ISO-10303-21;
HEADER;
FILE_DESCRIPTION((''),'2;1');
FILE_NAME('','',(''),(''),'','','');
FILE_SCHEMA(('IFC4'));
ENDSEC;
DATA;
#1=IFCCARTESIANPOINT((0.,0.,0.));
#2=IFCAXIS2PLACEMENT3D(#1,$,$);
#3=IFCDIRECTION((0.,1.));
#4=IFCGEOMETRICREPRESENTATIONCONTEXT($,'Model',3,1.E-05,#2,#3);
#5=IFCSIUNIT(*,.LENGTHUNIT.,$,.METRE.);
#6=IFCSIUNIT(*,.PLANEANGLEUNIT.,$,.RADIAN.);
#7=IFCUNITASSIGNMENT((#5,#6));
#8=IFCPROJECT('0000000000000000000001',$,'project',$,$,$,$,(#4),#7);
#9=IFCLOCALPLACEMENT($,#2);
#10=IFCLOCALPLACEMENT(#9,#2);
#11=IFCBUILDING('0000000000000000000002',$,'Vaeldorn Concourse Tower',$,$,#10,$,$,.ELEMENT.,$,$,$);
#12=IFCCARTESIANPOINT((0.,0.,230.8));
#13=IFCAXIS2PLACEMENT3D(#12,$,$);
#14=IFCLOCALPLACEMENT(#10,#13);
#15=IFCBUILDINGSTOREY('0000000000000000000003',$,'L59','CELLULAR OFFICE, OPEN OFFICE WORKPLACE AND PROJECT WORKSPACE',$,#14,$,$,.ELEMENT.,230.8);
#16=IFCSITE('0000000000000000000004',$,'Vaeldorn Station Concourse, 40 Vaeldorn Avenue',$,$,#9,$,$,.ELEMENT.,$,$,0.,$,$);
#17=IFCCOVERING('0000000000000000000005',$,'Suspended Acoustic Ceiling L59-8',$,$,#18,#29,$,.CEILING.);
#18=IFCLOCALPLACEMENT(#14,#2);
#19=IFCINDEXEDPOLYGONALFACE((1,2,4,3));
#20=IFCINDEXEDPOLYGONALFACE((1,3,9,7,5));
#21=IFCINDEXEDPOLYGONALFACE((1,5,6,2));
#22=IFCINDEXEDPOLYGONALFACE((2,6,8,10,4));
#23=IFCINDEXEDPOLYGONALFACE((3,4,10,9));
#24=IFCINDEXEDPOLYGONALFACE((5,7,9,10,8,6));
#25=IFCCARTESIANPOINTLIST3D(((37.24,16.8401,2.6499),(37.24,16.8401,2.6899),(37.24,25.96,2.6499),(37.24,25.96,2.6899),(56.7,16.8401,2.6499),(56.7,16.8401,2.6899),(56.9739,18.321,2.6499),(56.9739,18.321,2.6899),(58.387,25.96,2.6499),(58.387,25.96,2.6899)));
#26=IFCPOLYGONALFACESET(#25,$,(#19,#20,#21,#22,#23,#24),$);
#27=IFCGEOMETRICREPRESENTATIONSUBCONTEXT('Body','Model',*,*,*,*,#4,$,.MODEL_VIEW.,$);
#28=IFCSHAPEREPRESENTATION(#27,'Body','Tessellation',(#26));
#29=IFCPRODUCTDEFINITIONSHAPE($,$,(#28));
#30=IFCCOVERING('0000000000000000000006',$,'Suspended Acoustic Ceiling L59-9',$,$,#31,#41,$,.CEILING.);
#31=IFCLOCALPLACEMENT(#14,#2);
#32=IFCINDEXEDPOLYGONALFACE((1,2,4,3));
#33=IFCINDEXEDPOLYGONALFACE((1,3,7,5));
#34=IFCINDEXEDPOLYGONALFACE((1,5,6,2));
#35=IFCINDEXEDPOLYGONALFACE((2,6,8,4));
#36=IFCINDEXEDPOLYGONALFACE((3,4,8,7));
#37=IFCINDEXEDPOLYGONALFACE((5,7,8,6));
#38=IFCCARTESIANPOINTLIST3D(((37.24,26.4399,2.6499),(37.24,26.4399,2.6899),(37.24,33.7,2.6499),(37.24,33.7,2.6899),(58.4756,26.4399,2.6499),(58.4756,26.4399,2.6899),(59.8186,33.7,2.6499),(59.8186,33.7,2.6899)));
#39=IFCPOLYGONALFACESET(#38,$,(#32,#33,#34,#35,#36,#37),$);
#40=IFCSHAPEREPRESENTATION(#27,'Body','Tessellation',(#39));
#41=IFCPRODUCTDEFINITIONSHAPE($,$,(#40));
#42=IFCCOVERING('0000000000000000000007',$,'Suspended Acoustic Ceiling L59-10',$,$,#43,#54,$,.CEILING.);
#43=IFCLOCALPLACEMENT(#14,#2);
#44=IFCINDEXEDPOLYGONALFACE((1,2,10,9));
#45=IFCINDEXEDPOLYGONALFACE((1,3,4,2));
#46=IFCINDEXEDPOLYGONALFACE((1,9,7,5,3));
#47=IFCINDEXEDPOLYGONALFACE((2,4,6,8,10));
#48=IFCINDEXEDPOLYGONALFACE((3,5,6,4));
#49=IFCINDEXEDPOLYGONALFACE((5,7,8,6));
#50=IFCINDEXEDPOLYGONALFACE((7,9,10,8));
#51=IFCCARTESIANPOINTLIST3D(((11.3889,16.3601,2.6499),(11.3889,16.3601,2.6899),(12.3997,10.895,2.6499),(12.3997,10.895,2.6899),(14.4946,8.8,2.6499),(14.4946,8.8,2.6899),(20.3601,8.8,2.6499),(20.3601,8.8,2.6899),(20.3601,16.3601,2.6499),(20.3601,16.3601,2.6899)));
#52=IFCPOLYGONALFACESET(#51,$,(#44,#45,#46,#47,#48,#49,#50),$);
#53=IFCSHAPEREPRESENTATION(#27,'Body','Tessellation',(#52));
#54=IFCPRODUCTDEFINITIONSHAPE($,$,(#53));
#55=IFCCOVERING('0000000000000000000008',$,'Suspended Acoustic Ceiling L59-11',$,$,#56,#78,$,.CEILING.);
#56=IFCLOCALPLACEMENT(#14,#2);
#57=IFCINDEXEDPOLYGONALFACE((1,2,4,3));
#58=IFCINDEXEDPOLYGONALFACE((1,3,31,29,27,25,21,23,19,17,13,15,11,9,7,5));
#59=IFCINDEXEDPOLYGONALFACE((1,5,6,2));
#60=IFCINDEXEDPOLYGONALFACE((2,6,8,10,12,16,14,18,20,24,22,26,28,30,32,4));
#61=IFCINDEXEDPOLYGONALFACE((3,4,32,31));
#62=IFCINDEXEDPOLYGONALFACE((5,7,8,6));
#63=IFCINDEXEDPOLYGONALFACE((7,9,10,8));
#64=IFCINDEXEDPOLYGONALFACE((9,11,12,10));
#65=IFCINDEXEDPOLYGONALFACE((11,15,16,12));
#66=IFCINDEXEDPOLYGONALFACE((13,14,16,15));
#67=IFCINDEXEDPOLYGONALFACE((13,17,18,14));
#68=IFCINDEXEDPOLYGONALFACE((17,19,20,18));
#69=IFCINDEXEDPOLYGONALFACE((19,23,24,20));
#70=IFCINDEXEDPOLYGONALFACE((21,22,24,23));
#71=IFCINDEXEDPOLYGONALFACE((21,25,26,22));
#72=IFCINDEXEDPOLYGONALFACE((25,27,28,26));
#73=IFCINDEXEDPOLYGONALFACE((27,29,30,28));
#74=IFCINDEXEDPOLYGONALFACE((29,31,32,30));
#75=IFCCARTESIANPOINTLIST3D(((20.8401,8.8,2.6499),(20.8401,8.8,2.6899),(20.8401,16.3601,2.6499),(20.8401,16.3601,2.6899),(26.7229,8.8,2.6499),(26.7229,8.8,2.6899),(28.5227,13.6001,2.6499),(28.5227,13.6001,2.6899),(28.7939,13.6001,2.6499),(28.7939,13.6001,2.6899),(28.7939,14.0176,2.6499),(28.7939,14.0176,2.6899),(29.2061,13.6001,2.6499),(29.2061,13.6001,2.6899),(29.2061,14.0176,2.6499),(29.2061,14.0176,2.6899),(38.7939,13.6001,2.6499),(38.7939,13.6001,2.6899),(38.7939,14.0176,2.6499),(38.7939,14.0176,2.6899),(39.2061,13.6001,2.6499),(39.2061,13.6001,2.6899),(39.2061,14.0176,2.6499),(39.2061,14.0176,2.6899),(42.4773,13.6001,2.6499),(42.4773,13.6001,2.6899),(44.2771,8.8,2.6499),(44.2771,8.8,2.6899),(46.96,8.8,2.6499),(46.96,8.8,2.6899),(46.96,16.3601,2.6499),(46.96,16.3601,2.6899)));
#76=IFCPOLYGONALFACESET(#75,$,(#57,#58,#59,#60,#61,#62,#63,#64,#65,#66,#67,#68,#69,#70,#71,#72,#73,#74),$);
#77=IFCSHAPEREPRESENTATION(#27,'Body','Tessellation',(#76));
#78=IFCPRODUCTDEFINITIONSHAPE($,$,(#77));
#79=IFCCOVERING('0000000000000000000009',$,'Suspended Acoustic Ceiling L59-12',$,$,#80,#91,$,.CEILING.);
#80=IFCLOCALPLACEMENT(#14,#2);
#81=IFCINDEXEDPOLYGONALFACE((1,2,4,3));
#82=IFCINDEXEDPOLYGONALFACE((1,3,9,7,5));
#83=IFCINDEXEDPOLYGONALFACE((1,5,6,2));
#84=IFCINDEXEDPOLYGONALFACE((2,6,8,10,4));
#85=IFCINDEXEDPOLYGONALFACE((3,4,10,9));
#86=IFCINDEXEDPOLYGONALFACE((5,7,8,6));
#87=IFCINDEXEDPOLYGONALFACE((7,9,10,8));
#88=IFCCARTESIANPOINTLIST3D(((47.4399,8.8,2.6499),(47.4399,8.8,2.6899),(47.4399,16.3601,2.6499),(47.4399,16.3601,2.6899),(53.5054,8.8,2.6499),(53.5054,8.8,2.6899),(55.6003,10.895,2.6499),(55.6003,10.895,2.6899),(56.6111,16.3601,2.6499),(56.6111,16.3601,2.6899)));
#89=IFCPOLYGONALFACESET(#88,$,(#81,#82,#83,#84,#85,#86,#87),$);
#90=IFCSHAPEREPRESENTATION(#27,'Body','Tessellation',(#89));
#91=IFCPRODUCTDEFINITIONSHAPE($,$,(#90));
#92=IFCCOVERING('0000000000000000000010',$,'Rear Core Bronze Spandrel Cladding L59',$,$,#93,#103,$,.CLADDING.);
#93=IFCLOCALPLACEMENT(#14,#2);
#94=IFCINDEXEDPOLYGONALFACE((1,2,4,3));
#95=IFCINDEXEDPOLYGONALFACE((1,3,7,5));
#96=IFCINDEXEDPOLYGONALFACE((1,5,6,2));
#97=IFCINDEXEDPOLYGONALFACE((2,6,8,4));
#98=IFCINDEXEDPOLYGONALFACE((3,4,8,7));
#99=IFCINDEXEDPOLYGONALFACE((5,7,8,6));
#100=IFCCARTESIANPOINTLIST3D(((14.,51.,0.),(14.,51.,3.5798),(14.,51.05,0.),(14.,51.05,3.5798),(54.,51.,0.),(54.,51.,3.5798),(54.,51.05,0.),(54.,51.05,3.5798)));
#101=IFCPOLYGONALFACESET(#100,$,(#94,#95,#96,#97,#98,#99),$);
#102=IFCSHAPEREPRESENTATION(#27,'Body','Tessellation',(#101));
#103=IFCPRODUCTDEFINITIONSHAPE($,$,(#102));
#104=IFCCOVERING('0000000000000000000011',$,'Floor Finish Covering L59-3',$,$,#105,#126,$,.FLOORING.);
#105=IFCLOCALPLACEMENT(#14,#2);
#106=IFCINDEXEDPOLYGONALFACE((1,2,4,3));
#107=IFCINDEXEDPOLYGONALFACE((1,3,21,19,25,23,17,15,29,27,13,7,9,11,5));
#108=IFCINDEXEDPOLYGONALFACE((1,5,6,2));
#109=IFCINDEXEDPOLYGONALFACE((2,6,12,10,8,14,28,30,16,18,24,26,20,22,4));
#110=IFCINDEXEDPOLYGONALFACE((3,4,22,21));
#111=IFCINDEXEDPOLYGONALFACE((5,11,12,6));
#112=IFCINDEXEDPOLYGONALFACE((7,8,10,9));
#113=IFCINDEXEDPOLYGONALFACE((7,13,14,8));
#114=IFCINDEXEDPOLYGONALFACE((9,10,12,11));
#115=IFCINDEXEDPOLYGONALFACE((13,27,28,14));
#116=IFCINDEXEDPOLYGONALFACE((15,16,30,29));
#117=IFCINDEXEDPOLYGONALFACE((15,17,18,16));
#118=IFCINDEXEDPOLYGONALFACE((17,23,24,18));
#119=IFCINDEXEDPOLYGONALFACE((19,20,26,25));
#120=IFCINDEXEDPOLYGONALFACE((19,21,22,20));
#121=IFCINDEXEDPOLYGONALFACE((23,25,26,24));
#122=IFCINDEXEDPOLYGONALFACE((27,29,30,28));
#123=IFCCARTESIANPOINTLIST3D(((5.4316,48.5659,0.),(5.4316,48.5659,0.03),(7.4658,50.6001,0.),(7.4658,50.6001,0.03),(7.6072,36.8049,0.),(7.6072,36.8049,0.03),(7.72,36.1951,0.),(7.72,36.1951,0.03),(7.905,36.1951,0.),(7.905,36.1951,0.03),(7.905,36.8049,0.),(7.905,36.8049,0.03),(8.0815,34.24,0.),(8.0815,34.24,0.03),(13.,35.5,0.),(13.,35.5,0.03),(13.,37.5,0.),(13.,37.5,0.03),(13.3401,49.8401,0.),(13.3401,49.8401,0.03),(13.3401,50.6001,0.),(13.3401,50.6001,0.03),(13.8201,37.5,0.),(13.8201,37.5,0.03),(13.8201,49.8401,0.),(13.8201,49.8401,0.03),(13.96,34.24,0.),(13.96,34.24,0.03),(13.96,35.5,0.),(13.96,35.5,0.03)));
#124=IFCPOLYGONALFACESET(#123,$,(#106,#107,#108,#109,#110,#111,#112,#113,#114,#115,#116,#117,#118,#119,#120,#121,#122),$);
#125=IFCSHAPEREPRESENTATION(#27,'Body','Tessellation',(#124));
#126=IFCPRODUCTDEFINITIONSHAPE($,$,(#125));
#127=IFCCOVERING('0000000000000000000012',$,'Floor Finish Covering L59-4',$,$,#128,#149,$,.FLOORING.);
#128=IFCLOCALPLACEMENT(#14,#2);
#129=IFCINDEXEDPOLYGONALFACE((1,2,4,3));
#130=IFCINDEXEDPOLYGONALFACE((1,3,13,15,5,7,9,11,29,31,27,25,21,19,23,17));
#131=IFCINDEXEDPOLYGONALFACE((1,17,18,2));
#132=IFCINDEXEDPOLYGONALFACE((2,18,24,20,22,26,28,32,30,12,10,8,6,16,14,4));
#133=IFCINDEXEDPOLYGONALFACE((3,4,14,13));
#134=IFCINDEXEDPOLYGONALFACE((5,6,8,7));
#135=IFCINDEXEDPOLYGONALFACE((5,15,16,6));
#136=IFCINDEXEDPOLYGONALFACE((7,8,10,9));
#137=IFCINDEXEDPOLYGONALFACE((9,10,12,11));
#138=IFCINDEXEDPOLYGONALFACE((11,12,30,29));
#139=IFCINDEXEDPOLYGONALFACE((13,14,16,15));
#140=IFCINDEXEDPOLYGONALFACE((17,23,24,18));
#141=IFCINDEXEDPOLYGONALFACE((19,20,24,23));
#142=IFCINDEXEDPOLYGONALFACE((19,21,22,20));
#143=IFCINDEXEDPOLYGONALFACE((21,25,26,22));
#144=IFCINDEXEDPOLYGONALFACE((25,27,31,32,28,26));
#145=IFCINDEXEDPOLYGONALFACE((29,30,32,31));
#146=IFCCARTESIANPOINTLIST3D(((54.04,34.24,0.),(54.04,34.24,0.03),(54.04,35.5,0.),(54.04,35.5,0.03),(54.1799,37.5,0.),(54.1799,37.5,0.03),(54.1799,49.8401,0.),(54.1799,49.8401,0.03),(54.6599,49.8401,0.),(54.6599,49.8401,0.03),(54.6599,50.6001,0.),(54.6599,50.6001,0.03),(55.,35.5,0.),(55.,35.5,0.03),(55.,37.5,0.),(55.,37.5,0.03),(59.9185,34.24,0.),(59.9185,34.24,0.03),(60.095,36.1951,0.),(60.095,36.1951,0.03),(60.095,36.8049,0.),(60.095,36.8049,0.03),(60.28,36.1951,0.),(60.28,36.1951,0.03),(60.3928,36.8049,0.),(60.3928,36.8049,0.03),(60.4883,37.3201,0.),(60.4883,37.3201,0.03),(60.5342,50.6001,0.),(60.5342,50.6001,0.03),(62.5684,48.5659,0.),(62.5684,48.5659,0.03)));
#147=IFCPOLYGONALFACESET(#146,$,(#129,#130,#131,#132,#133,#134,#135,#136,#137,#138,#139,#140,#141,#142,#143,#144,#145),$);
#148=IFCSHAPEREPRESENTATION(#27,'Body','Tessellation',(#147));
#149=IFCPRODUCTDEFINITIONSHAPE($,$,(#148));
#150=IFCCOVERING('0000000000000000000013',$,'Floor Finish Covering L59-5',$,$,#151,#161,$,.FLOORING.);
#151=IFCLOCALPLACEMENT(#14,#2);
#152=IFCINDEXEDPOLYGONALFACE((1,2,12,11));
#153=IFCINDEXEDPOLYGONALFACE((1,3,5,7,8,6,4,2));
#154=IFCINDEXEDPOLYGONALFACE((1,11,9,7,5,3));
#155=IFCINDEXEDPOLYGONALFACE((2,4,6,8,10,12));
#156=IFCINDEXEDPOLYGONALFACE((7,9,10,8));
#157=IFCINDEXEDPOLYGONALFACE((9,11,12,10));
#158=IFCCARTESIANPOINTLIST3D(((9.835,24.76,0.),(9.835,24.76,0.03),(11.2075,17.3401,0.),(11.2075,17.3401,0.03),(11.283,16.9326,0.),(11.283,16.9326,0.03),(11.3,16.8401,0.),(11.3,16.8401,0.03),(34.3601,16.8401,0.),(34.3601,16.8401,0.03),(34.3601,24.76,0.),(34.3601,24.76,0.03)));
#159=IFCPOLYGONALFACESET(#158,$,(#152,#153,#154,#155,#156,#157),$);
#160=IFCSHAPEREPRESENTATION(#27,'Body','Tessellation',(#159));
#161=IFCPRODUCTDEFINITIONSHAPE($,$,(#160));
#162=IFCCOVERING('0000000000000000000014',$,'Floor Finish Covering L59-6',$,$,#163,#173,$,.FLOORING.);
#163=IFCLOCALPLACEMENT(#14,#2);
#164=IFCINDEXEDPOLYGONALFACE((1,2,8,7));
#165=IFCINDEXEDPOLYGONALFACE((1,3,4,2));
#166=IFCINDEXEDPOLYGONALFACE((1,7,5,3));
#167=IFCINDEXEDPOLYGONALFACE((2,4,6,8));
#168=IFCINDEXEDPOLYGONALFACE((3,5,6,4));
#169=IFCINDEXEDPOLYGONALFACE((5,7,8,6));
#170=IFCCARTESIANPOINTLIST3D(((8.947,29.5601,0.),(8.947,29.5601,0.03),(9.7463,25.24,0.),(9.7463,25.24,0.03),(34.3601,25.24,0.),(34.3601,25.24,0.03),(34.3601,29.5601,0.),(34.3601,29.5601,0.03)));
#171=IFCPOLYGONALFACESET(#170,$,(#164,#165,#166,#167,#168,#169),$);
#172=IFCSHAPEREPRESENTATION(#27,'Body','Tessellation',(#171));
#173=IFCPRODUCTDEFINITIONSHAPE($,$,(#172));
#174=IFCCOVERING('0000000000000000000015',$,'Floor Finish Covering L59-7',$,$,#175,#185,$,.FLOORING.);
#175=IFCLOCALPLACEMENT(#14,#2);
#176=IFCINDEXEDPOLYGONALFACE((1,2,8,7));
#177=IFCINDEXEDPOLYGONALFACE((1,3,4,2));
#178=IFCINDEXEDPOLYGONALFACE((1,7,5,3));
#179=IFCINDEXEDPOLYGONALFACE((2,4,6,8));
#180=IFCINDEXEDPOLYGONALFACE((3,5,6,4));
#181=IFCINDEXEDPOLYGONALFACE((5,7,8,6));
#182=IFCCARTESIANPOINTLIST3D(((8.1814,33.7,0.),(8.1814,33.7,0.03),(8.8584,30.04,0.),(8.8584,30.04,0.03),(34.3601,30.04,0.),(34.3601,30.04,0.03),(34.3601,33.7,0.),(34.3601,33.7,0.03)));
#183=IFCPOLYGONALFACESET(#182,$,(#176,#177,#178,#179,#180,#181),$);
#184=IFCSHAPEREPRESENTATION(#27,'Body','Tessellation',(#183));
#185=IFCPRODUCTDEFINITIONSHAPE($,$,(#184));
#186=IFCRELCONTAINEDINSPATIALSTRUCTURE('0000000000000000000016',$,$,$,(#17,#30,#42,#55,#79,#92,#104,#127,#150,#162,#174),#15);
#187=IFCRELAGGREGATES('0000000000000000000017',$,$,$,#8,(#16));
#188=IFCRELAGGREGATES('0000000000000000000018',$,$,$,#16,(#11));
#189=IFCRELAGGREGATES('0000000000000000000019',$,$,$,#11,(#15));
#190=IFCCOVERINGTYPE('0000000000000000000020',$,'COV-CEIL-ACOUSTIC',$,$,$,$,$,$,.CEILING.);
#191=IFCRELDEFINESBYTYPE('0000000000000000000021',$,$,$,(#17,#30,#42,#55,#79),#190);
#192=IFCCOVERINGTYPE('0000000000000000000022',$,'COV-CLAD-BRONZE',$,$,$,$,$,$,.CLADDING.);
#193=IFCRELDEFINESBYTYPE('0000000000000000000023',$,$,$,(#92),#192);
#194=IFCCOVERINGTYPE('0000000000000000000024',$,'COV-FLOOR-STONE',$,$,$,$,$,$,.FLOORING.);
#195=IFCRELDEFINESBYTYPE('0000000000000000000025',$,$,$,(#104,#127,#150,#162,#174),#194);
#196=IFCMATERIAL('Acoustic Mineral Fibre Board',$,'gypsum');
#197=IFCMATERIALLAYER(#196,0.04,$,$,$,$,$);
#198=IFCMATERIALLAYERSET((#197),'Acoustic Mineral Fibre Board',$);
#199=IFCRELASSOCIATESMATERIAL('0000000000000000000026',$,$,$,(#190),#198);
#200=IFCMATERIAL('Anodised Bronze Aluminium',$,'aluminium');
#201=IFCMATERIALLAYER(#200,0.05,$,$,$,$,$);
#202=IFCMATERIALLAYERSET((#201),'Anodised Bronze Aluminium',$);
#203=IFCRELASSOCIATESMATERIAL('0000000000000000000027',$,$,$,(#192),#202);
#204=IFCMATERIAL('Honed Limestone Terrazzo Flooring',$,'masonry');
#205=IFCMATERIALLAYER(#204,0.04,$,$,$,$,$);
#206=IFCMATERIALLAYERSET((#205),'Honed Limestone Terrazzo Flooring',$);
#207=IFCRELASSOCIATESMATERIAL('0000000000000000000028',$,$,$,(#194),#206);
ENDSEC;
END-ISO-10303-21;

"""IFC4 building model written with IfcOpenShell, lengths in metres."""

from ifc_helpers import new_model, si_unit, direction, frame, origin, place, context, subcontext, project, spatial, polyline, outline, extrude, material, layer, layer_set, type_object, element, save


model = new_model("IFC4")

# Units and contexts
model_context = context("Model", 3, precision=1e-05, world=origin(), true_north=direction((0.0, 1.0)))
body_context = subcontext(model_context, "Body", "Model", "MODEL_VIEW")
ifc_project = project(units=[si_unit("LENGTHUNIT", "METRE"), si_unit("PLANEANGLEUNIT", "RADIAN")], contexts=[model_context])

# Site, building, storey
site_placement = place(None, origin())
site = spatial("IfcSite", under=ifc_project, at=site_placement, Name="Vaeldorn Station Concourse, 40 Vaeldorn Avenue", CompositionType="ELEMENT", RefElevation=0.0)
building_placement = place(site_placement, origin())
building = spatial("IfcBuilding", under=site, at=building_placement, Name="Vaeldorn Concourse Tower", CompositionType="ELEMENT")
storey_placement = place(building_placement, frame((0.0, 0.0, 230.8)))
storey = spatial("IfcBuildingStorey", under=building, at=storey_placement, Name="L59", Description="CELLULAR OFFICE, OPEN OFFICE WORKPLACE AND PROJECT WORKSPACE", CompositionType="ELEMENT", Elevation=230.8)

# Coverings
ifc_material_1 = material(Name="Acoustic Mineral Fibre Board", Category="gypsum")
ifc_layer_1 = layer(ifc_material_1, 0.04)
ifc_layer_set_1 = layer_set([ifc_layer_1], Name="Acoustic Mineral Fibre Board")
covering_type_1 = type_object("IfcCoveringType", Name="COV-CEIL-ACOUSTIC", PredefinedType="CEILING", material=ifc_layer_set_1)
covering_1_placement = place(storey_placement, frame((0.0, 0.0, 2.6499)))
element("IfcCovering", 1, at=covering_1_placement, inside=storey, type_object=covering_type_1, Name="Suspended Acoustic Ceiling L59-8", PredefinedType="CEILING", context=body_context, shape_type="SweptSolid", body=[
    extrude(outline(polyline([(37.24, 16.8401), (37.24, 25.96), (58.387, 25.96), (56.9739, 18.321), (56.7, 16.8401), (37.24, 16.8401)])), origin(), (0.0, 0.0, 1.0), 0.04),
])
covering_2_placement = place(storey_placement, frame((0.0, 0.0, 2.6499)))
element("IfcCovering", 2, at=covering_2_placement, inside=storey, type_object=covering_type_1, Name="Suspended Acoustic Ceiling L59-9", PredefinedType="CEILING", context=body_context, shape_type="SweptSolid", body=[
    extrude(outline(polyline([(37.24, 26.4399), (37.24, 33.7), (59.8186, 33.7), (58.4756, 26.4399), (37.24, 26.4399)])), origin(), (0.0, 0.0, 1.0), 0.04),
])
covering_3_placement = place(storey_placement, frame((0.0, 0.0, 2.6499)))
element("IfcCovering", 3, at=covering_3_placement, inside=storey, type_object=covering_type_1, Name="Suspended Acoustic Ceiling L59-10", PredefinedType="CEILING", context=body_context, shape_type="SweptSolid", body=[
    extrude(outline(polyline([(20.3601, 16.3601), (20.3601, 8.8), (14.4946, 8.8), (12.3997, 10.895), (11.3889, 16.3601), (20.3601, 16.3601)])), origin(), (0.0, 0.0, 1.0), 0.04),
])
covering_4_placement = place(storey_placement, frame((0.0, 0.0, 2.6499)))
element("IfcCovering", 4, at=covering_4_placement, inside=storey, type_object=covering_type_1, Name="Suspended Acoustic Ceiling L59-11", PredefinedType="CEILING", context=body_context, shape_type="SweptSolid", body=[
    extrude(outline(polyline([(26.7229, 8.8), (20.8401, 8.8), (20.8401, 16.3601), (46.96, 16.3601), (46.96, 8.8), (44.2771, 8.8), (42.4773, 13.6001), (39.2061, 13.6001), (39.2061, 14.0176), (38.7939, 14.0176), (38.7939, 13.6001), (29.2061, 13.6001), (29.2061, 14.0176), (28.7939, 14.0176), (28.7939, 13.6001), (28.5227, 13.6001), (26.7229, 8.8)])), origin(), (0.0, 0.0, 1.0), 0.04),
])
covering_5_placement = place(storey_placement, frame((0.0, 0.0, 2.6499)))
element("IfcCovering", 5, at=covering_5_placement, inside=storey, type_object=covering_type_1, Name="Suspended Acoustic Ceiling L59-12", PredefinedType="CEILING", context=body_context, shape_type="SweptSolid", body=[
    extrude(outline(polyline([(53.5054, 8.8), (47.4399, 8.8), (47.4399, 16.3601), (56.6111, 16.3601), (55.6003, 10.895), (53.5054, 8.8)])), origin(), (0.0, 0.0, 1.0), 0.04),
])
ifc_material_2 = material(Name="Anodised Bronze Aluminium", Category="aluminium")
ifc_layer_2 = layer(ifc_material_2, 0.05)
ifc_layer_set_2 = layer_set([ifc_layer_2], Name="Anodised Bronze Aluminium")
covering_type_2 = type_object("IfcCoveringType", Name="COV-CLAD-BRONZE", PredefinedType="CLADDING", material=ifc_layer_set_2)
covering_6_placement = place(storey_placement, origin())
element("IfcCovering", 6, at=covering_6_placement, inside=storey, type_object=covering_type_2, Name="Rear Core Bronze Spandrel Cladding L59", PredefinedType="CLADDING", context=body_context, shape_type="SweptSolid", body=[
    extrude(outline(polyline([(14.0, 51.0), (54.0, 51.0), (54.0, 51.05), (14.0, 51.05), (14.0, 51.0)])), origin(), (0.0, 0.0, 1.0), 3.5798),
])
ifc_material_3 = material(Name="Honed Limestone Terrazzo Flooring", Category="masonry")
ifc_layer_3 = layer(ifc_material_3, 0.04)
ifc_layer_set_3 = layer_set([ifc_layer_3], Name="Honed Limestone Terrazzo Flooring")
covering_type_3 = type_object("IfcCoveringType", Name="COV-FLOOR-STONE", PredefinedType="FLOORING", material=ifc_layer_set_3)
covering_7_placement = place(storey_placement, origin())
element("IfcCovering", 7, at=covering_7_placement, inside=storey, type_object=covering_type_3, Name="Floor Finish Covering L59-3", PredefinedType="FLOORING", context=body_context, shape_type="SweptSolid", body=[
    extrude(outline(polyline([(7.4658, 50.6001), (13.3401, 50.6001), (13.3401, 49.8401), (13.8201, 49.8401), (13.8201, 37.5), (13.0, 37.5), (13.0, 35.5), (13.96, 35.5), (13.96, 34.24), (8.0815, 34.24), (7.72, 36.1951), (7.905, 36.1951), (7.905, 36.8049), (7.6072, 36.8049), (5.4316, 48.5659), (7.4658, 50.6001)])), origin(), (0.0, 0.0, 1.0), 0.03),
])
covering_8_placement = place(storey_placement, origin())
element("IfcCovering", 8, at=covering_8_placement, inside=storey, type_object=covering_type_3, Name="Floor Finish Covering L59-4", PredefinedType="FLOORING", context=body_context, shape_type="SweptSolid", body=[
    extrude(outline(polyline([(54.1799, 49.8401), (54.6599, 49.8401), (54.6599, 50.6001), (60.5342, 50.6001), (62.5684, 48.5659), (60.4883, 37.3201), (60.4883, 37.3201), (60.3928, 36.8049), (60.095, 36.8049), (60.095, 36.1951), (60.28, 36.1951), (59.9185, 34.24), (54.04, 34.24), (54.04, 35.5), (55.0, 35.5), (55.0, 37.5), (54.1799, 37.5), (54.1799, 49.8401)])), origin(), (0.0, 0.0, 1.0), 0.03),
])
covering_9_placement = place(storey_placement, origin())
element("IfcCovering", 9, at=covering_9_placement, inside=storey, type_object=covering_type_3, Name="Floor Finish Covering L59-5", PredefinedType="FLOORING", context=body_context, shape_type="SweptSolid", body=[
    extrude(outline(polyline([(34.3601, 24.76), (34.3601, 16.8401), (11.3, 16.8401), (11.283, 16.9326), (11.2075, 17.3401), (11.2075, 17.3401), (9.835, 24.76), (34.3601, 24.76)])), origin(), (0.0, 0.0, 1.0), 0.03),
])
covering_10_placement = place(storey_placement, origin())
element("IfcCovering", 10, at=covering_10_placement, inside=storey, type_object=covering_type_3, Name="Floor Finish Covering L59-6", PredefinedType="FLOORING", context=body_context, shape_type="SweptSolid", body=[
    extrude(outline(polyline([(34.3601, 29.5601), (34.3601, 25.24), (9.7463, 25.24), (8.947, 29.5601), (34.3601, 29.5601)])), origin(), (0.0, 0.0, 1.0), 0.03),
])
covering_11_placement = place(storey_placement, origin())
element("IfcCovering", 11, at=covering_11_placement, inside=storey, type_object=covering_type_3, Name="Floor Finish Covering L59-7", PredefinedType="FLOORING", context=body_context, shape_type="SweptSolid", body=[
    extrude(outline(polyline([(34.3601, 33.7), (34.3601, 30.04), (8.8584, 30.04), (8.1814, 33.7), (34.3601, 33.7)])), origin(), (0.0, 0.0, 1.0), 0.03),
])

save(model, "model.ifc")
